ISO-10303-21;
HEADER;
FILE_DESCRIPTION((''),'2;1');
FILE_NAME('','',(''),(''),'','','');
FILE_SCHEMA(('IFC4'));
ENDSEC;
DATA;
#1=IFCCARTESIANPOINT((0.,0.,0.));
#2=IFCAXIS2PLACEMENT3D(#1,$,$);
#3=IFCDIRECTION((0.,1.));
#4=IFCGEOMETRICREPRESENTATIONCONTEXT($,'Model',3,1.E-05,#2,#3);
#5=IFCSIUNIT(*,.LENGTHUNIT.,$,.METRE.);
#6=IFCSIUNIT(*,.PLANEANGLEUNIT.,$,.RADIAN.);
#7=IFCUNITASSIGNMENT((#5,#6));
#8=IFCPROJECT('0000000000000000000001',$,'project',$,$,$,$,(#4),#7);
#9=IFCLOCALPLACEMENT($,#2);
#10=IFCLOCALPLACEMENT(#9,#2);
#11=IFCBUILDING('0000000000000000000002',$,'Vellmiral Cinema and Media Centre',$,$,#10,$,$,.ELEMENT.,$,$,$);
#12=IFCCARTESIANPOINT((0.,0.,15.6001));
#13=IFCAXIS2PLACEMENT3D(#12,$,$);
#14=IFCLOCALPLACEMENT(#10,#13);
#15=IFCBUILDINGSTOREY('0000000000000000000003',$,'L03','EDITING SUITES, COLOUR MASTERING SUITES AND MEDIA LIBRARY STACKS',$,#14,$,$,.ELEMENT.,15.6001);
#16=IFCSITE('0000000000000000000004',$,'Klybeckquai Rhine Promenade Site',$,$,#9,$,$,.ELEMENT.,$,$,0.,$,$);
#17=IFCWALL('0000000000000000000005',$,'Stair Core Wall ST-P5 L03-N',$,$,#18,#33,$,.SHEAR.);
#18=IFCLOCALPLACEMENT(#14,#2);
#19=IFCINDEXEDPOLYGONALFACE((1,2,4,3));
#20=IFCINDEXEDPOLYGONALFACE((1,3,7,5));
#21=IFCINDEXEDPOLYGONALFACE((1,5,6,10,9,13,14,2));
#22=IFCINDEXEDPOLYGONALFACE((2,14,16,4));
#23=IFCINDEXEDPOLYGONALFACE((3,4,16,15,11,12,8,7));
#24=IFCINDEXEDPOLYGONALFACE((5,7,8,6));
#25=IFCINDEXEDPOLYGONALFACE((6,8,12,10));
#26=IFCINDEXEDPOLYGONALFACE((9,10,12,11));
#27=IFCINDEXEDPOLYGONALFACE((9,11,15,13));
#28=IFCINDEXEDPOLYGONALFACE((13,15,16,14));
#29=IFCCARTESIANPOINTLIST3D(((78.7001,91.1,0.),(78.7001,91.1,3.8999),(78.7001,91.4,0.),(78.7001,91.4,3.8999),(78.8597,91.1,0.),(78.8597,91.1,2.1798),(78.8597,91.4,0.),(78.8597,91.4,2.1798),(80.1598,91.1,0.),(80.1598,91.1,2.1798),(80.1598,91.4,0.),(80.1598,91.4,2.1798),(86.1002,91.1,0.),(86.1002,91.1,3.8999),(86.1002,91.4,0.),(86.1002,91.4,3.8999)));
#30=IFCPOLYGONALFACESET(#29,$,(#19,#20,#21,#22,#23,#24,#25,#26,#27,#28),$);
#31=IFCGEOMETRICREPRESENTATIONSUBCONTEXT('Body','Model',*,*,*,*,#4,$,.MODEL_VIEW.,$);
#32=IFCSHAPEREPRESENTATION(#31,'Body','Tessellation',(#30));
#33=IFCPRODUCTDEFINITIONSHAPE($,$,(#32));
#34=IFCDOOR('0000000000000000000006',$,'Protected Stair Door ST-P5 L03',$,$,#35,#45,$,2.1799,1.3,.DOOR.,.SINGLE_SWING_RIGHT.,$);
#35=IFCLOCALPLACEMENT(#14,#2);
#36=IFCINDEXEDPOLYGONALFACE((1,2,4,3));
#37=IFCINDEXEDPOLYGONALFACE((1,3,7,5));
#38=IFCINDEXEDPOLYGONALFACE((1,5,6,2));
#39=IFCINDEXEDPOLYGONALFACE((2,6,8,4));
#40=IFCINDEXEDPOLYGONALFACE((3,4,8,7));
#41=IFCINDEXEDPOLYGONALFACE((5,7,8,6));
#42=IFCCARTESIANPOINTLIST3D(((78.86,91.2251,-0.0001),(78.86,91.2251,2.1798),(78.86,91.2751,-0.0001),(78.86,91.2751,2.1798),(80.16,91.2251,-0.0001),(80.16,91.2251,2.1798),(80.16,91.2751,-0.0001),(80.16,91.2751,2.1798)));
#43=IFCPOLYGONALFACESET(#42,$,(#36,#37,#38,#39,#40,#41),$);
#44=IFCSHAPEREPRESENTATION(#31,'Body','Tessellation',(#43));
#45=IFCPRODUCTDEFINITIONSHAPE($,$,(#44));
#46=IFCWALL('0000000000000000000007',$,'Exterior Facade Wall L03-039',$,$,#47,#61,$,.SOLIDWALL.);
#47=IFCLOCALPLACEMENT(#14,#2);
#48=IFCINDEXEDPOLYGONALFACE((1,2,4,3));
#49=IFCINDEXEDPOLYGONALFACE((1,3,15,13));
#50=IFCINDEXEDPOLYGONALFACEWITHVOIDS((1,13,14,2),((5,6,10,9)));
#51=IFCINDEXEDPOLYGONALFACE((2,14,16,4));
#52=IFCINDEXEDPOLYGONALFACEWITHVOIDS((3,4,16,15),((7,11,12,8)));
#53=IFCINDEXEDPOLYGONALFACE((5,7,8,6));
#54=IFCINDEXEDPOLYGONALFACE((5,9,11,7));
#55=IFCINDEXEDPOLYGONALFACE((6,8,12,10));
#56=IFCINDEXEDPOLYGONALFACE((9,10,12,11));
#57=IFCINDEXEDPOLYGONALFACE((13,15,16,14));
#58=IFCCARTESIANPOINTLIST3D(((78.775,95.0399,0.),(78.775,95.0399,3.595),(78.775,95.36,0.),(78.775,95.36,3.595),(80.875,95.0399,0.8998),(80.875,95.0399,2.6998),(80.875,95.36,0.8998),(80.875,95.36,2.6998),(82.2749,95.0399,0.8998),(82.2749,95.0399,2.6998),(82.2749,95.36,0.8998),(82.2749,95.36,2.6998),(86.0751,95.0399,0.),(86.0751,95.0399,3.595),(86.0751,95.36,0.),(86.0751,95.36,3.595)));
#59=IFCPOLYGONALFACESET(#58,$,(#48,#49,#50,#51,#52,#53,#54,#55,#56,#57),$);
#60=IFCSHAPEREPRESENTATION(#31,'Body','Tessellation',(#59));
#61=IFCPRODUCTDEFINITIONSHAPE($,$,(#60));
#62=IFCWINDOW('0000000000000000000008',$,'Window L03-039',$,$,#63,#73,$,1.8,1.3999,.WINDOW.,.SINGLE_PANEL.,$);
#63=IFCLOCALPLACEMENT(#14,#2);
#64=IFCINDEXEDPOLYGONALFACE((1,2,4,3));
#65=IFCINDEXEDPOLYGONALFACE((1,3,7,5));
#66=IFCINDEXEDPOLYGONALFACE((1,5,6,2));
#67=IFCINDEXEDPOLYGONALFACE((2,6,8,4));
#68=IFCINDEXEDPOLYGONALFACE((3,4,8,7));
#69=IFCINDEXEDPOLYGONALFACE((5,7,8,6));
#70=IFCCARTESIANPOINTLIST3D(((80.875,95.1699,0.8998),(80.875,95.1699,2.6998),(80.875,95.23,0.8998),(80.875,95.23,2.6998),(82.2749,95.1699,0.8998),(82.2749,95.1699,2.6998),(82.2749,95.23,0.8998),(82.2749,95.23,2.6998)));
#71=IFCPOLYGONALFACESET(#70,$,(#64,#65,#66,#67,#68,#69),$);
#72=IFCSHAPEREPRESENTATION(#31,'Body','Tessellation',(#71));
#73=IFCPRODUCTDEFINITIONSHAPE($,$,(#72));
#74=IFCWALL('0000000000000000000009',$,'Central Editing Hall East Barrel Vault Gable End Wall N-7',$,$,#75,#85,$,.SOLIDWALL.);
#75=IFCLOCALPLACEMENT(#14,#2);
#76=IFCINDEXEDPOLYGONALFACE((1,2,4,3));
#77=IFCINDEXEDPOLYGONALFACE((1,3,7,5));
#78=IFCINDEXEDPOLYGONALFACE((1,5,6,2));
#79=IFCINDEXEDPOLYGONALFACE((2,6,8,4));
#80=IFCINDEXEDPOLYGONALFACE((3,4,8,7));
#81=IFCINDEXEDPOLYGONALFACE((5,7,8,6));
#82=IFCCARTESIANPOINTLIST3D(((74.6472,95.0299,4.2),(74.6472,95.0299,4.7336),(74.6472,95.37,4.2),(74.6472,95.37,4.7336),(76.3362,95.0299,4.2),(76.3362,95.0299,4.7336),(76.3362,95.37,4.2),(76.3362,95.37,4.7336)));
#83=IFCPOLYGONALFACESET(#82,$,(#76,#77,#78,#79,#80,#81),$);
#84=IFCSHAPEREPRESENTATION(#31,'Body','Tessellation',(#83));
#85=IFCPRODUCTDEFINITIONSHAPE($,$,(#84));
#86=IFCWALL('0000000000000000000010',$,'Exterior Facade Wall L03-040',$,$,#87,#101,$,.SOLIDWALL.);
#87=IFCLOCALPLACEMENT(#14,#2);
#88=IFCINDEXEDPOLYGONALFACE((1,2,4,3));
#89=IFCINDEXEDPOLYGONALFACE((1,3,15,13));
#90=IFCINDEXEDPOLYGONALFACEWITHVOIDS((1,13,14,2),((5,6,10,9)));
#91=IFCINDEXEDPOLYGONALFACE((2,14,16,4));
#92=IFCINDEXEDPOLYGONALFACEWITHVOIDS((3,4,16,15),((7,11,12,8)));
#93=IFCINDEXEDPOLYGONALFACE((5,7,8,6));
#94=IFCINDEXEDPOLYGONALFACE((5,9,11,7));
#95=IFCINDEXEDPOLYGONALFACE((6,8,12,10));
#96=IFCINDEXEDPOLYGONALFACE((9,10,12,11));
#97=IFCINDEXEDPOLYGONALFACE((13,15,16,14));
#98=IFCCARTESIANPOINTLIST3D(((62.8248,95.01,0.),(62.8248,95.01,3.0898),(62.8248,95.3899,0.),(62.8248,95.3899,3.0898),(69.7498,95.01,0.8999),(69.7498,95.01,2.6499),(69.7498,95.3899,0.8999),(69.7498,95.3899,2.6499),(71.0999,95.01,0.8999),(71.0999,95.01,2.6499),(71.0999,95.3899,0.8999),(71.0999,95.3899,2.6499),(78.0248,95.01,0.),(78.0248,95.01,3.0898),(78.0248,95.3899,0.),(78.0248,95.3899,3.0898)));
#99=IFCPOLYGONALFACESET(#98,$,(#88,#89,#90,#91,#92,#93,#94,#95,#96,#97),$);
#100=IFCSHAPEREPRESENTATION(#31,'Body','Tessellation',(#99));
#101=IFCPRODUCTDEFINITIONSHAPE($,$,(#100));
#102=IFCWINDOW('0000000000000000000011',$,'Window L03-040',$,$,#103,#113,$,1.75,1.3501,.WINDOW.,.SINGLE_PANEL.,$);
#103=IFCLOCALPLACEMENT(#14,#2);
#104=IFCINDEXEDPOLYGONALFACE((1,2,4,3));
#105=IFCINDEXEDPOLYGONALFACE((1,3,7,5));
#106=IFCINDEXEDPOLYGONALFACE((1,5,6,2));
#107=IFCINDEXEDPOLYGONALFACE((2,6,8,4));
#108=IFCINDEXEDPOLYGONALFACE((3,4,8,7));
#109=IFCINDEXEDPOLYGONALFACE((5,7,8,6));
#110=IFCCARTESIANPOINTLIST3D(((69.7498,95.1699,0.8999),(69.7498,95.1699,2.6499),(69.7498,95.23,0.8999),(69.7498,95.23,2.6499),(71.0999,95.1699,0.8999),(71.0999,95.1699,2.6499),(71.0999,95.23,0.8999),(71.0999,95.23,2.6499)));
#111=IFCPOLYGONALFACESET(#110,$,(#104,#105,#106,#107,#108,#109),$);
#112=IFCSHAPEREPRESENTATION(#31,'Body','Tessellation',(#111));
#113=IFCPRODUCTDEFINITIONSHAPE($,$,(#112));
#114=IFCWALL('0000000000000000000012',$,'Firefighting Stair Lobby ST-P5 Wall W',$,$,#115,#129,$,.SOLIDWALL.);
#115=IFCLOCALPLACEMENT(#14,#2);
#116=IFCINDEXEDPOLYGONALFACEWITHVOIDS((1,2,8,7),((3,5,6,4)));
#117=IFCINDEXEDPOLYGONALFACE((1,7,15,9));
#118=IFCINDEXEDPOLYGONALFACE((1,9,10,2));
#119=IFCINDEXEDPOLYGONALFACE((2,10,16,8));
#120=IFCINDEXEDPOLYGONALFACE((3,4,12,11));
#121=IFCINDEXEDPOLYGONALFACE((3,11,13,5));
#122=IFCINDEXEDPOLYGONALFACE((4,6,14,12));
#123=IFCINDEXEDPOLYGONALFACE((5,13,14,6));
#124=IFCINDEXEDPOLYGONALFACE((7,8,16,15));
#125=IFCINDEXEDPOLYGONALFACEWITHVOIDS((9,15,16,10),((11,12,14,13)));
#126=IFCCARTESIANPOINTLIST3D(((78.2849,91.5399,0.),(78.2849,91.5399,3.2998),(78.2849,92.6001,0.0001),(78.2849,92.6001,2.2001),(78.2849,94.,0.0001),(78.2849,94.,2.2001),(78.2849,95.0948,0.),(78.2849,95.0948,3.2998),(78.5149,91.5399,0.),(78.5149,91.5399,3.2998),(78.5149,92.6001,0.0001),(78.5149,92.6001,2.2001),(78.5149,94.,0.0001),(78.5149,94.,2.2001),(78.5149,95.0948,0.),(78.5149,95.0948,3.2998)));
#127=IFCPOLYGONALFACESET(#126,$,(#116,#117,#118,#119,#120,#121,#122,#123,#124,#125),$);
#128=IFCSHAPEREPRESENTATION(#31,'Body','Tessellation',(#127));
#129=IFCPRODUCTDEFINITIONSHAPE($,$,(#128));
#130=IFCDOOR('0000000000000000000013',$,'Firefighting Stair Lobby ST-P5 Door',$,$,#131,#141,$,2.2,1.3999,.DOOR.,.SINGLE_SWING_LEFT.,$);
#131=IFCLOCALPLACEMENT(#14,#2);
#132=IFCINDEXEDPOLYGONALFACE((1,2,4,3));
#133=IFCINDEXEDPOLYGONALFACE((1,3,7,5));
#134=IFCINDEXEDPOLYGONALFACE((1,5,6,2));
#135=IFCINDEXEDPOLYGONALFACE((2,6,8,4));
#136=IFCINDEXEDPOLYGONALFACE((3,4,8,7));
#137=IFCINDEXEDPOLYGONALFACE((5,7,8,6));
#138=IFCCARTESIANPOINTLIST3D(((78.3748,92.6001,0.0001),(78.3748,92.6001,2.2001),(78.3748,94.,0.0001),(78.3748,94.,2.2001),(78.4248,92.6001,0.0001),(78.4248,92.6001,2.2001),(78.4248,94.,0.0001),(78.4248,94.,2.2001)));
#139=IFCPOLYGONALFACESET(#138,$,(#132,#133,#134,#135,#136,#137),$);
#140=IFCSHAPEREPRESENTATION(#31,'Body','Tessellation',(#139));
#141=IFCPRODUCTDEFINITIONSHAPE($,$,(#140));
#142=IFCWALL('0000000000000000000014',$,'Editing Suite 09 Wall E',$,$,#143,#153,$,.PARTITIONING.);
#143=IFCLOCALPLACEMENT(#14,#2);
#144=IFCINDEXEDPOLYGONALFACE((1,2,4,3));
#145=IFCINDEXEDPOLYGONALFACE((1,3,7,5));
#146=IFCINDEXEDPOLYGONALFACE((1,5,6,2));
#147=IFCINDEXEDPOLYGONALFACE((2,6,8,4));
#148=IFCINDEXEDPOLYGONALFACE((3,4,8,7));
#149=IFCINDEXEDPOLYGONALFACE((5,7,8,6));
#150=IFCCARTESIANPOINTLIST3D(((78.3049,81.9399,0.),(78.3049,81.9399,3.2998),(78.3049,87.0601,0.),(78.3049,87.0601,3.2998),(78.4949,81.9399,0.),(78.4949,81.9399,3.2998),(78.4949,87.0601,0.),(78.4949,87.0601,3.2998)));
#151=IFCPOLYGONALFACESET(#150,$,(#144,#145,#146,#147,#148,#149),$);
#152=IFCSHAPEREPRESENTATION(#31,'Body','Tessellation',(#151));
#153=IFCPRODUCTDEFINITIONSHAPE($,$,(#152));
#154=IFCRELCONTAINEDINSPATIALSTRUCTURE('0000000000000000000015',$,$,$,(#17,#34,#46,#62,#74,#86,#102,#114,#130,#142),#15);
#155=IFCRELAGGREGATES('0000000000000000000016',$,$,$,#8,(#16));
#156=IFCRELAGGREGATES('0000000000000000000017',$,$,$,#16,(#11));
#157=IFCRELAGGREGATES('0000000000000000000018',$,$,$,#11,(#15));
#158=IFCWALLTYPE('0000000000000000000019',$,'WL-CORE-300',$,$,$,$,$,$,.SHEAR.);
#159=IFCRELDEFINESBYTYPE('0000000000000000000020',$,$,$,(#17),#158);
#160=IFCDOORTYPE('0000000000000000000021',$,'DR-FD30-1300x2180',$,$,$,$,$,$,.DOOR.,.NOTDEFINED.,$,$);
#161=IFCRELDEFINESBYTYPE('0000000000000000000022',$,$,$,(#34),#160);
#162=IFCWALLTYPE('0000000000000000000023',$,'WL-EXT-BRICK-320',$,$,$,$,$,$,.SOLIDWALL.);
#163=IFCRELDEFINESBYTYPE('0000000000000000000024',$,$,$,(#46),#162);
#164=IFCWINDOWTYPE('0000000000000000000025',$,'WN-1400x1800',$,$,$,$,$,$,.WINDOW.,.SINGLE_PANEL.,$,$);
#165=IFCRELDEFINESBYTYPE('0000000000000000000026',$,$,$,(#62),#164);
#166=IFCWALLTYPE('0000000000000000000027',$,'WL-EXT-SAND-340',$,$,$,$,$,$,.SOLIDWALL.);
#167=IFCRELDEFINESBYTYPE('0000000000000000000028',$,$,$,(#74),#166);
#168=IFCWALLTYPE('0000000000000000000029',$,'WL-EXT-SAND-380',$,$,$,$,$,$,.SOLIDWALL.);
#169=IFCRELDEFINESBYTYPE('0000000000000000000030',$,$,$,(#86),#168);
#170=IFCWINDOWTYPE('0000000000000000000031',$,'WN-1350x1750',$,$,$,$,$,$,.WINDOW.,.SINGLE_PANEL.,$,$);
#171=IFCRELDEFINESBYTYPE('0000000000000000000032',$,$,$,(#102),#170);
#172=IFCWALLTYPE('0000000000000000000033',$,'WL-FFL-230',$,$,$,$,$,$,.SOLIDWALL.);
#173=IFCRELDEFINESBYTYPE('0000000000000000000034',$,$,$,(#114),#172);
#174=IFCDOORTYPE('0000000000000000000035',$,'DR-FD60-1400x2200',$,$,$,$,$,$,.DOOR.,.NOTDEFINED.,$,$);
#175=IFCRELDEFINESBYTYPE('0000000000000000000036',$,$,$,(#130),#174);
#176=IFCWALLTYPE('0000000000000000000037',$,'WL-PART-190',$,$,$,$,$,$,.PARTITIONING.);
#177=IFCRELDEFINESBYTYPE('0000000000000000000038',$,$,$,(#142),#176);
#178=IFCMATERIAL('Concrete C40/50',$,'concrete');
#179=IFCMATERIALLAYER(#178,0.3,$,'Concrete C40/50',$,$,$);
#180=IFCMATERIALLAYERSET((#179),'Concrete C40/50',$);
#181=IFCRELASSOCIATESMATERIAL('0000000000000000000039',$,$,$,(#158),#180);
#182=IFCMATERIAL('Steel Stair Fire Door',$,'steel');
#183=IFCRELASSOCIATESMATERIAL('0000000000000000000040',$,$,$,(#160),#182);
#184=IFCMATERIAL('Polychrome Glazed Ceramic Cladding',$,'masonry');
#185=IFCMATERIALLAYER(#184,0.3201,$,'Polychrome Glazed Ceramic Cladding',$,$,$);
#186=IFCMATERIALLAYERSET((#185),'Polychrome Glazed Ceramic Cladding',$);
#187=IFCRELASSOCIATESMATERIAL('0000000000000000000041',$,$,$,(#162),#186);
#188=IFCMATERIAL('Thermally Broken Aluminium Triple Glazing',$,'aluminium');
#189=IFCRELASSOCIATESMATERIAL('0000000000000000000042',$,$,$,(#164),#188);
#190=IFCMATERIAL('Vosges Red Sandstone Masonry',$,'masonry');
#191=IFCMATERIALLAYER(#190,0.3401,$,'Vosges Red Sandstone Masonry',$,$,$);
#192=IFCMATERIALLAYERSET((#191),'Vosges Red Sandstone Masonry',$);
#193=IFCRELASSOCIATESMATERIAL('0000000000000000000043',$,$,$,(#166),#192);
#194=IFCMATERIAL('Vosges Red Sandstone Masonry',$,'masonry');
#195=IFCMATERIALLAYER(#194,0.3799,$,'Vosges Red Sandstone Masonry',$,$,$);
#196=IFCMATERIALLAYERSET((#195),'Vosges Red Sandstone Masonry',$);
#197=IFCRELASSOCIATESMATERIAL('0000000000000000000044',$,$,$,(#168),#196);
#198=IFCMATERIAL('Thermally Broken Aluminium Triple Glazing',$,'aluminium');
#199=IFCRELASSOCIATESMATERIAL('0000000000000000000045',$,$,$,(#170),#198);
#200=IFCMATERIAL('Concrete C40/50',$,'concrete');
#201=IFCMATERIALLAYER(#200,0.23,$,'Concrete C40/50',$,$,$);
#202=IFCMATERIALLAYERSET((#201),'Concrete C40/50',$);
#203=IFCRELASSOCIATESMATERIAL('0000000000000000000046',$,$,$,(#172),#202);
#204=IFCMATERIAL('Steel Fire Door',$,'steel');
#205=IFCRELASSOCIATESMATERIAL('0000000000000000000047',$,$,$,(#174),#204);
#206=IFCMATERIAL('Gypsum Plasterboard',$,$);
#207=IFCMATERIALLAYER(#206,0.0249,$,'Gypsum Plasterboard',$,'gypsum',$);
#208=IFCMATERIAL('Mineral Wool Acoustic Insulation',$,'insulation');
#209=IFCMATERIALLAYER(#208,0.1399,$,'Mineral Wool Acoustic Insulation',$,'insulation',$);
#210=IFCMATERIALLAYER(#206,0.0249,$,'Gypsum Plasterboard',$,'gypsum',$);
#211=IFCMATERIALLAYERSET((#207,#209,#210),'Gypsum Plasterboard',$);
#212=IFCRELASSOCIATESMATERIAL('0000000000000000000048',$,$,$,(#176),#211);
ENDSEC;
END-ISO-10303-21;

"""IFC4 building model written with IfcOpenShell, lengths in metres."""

from ifc_helpers import new_model, si_unit, direction, frame, frame_2d, origin, place, context, subcontext, project, spatial, rectangle, extrude, material, layer, layer_set, type_object, element, fill, save


model = new_model("IFC4")

# Units and contexts
model_context = context("Model", 3, precision=1e-05, world=origin(), true_north=direction((0.0, 1.0)))
body_context = subcontext(model_context, "Body", "Model", "MODEL_VIEW")
ifc_project = project(units=[si_unit("LENGTHUNIT", "METRE"), si_unit("PLANEANGLEUNIT", "RADIAN")], contexts=[model_context])

# Site, building, storey
site_placement = place(None, origin())
site = spatial("IfcSite", under=ifc_project, at=site_placement, Name="Klybeckquai Rhine Promenade Site", CompositionType="ELEMENT", RefElevation=0.0)
building_placement = place(site_placement, origin())
building = spatial("IfcBuilding", under=site, at=building_placement, Name="Vellmiral Cinema and Media Centre", CompositionType="ELEMENT")
storey_placement = place(building_placement, frame((0.0, 0.0, 15.6001)))
storey = spatial("IfcBuildingStorey", under=building, at=storey_placement, Name="L03", Description="EDITING SUITES, COLOUR MASTERING SUITES AND MEDIA LIBRARY STACKS", CompositionType="ELEMENT", Elevation=15.6001)

# Shared definitions
ifc_material_1 = material(Name="Concrete C40/50", Category="concrete")
ifc_layer_1 = layer(ifc_material_1, 0.3, Name="Concrete C40/50")
ifc_layer_set_1 = layer_set([ifc_layer_1], Name="Concrete C40/50")
wall_type_1 = type_object("IfcWallType", Name="WL-CORE-300", PredefinedType="SHEAR", material=ifc_layer_set_1)

# Wall, opening, door
wall_1_placement = place(storey_placement, frame((78.7, 91.25, 0.0), z_axis=(0.0, 0.0, 1.0), x_axis=(1.0, 0.0, 0.0)))
wall_1 = element("IfcWall", 1, at=wall_1_placement, inside=storey, type_object=wall_type_1, Name="Stair Core Wall ST-P5 L03-N", PredefinedType="SHEAR", context=body_context, shape_type="SweptSolid", body=[
    extrude(rectangle(XDim=7.4001, YDim=0.3, at=frame_2d((3.7002, 0.0))), origin(), (0.0, 0.0, 1.0), 3.8999),
])
opening_1_placement = place(wall_1_placement, frame((0.1599, 0.0, 0.0)))
opening_1 = element("IfcOpeningElement", 2, at=opening_1_placement, cuts=wall_1, PredefinedType="OPENING", context=body_context, shape_type="SweptSolid", body=[
    extrude(rectangle(XDim=1.3, YDim=2.1799, at=frame_2d((0.6499, 1.0898))), frame((0.0, 0.1621, 0.0), z_axis=(0.0, -1.0, 0.0), x_axis=(1.0, 0.0, 0.0)), (0.0, 0.0, 1.0), 0.324),
])
ifc_material_2 = material(Name="Steel Stair Fire Door", Category="steel")
door_type_1 = type_object("IfcDoorType", Name="DR-FD30-1300x2180", OperationType="NOTDEFINED", PredefinedType="DOOR", material=ifc_material_2)
door_1_placement = place(opening_1_placement, frame((1.3, 0.0, 0.0), z_axis=(0.0, 0.0, 1.0), x_axis=(-1.0, 0.0, 0.0)))
door_1 = element("IfcDoor", 3, at=door_1_placement, inside=storey, type_object=door_type_1, Name="Protected Stair Door ST-P5 L03", OperationType="SINGLE_SWING_RIGHT", OverallHeight=2.1799, OverallWidth=1.3, PredefinedType="DOOR", context=body_context, shape_type="SweptSolid", body=[
    extrude(rectangle(XDim=1.3, YDim=2.1799, at=frame_2d((0.6499, 1.0898))), frame((0.0, 0.0249, 0.0), z_axis=(0.0, -1.0, 0.0), x_axis=(1.0, 0.0, 0.0)), (0.0, 0.0, 1.0), 0.05),
])
fill(opening_1, door_1)

# Wall, opening, window
ifc_material_3 = material(Name="Polychrome Glazed Ceramic Cladding", Category="masonry")
ifc_layer_2 = layer(ifc_material_3, 0.3201, Name="Polychrome Glazed Ceramic Cladding")
ifc_layer_set_2 = layer_set([ifc_layer_2], Name="Polychrome Glazed Ceramic Cladding")
wall_type_2 = type_object("IfcWallType", Name="WL-EXT-BRICK-320", PredefinedType="SOLIDWALL", material=ifc_layer_set_2)
wall_2_placement = place(storey_placement, frame((86.075, 95.2, 0.0), z_axis=(0.0, 0.0, 1.0), x_axis=(-1.0, 0.0, 0.0)))
wall_2 = element("IfcWall", 4, at=wall_2_placement, inside=storey, type_object=wall_type_2, Name="Exterior Facade Wall L03-039", PredefinedType="SOLIDWALL", context=body_context, shape_type="SweptSolid", body=[
    extrude(rectangle(XDim=7.3, YDim=0.3201, at=frame_2d((3.6499, 0.0))), origin(), (0.0, 0.0, 1.0), 3.595),
])
opening_2_placement = place(wall_2_placement, frame((3.8, 0.0, 0.8999)))
opening_2 = element("IfcOpeningElement", 5, at=opening_2_placement, cuts=wall_2, PredefinedType="OPENING", context=body_context, shape_type="SweptSolid", body=[
    extrude(rectangle(XDim=1.3999, YDim=1.8, at=frame_2d((0.7, 0.8999))), frame((0.0, 0.1719, 0.0), z_axis=(0.0, -1.0, 0.0), x_axis=(1.0, 0.0, 0.0)), (0.0, 0.0, 1.0), 0.344),
])
ifc_material_4 = material(Name="Thermally Broken Aluminium Triple Glazing", Category="aluminium")
window_type_1 = type_object("IfcWindowType", Name="WN-1400x1800", PartitioningType="SINGLE_PANEL", PredefinedType="WINDOW", material=ifc_material_4)
window_1_placement = place(opening_2_placement, origin())
window_1 = element("IfcWindow", 6, at=window_1_placement, inside=storey, type_object=window_type_1, Name="Window L03-039", OverallHeight=1.8, OverallWidth=1.3999, PartitioningType="SINGLE_PANEL", PredefinedType="WINDOW", context=body_context, shape_type="SweptSolid", body=[
    extrude(rectangle(XDim=1.3999, YDim=1.8, at=frame_2d((0.7, 0.8999))), frame((0.0, 0.03, 0.0), z_axis=(0.0, -1.0, 0.0), x_axis=(1.0, 0.0, 0.0)), (0.0, 0.0, 1.0), 0.0601),
])
fill(opening_2, window_1)

# Wall
ifc_material_5 = material(Name="Vosges Red Sandstone Masonry", Category="masonry")
ifc_layer_3 = layer(ifc_material_5, 0.3401, Name="Vosges Red Sandstone Masonry")
ifc_layer_set_3 = layer_set([ifc_layer_3], Name="Vosges Red Sandstone Masonry")
wall_type_3 = type_object("IfcWallType", Name="WL-EXT-SAND-340", PredefinedType="SOLIDWALL", material=ifc_layer_set_3)
wall_3_placement = place(storey_placement, frame((74.6472, 95.2, 4.2), z_axis=(0.0, 0.0, 1.0), x_axis=(1.0, 0.0, 0.0)))
element("IfcWall", 7, at=wall_3_placement, inside=storey, type_object=wall_type_3, Name="Central Editing Hall East Barrel Vault Gable End Wall N-7", PredefinedType="SOLIDWALL", context=body_context, shape_type="SweptSolid", body=[
    extrude(rectangle(XDim=1.689, YDim=0.3401, at=frame_2d((0.8445, 0.0))), origin(), (0.0, 0.0, 1.0), 0.5337),
])

# Wall, opening, window
ifc_material_6 = material(Name="Vosges Red Sandstone Masonry", Category="masonry")
ifc_layer_4 = layer(ifc_material_6, 0.3799, Name="Vosges Red Sandstone Masonry")
ifc_layer_set_4 = layer_set([ifc_layer_4], Name="Vosges Red Sandstone Masonry")
wall_type_4 = type_object("IfcWallType", Name="WL-EXT-SAND-380", PredefinedType="SOLIDWALL", material=ifc_layer_set_4)
wall_4_placement = place(storey_placement, frame((78.0249, 95.2, 0.0), z_axis=(0.0, 0.0, 1.0), x_axis=(-1.0, 0.0, 0.0)))
wall_4 = element("IfcWall", 8, at=wall_4_placement, inside=storey, type_object=wall_type_4, Name="Exterior Facade Wall L03-040", PredefinedType="SOLIDWALL", context=body_context, shape_type="SweptSolid", body=[
    extrude(rectangle(XDim=15.2, YDim=0.3799, at=frame_2d((7.6001, 0.0))), origin(), (0.0, 0.0, 1.0), 3.0898),
])
opening_3_placement = place(wall_4_placement, frame((6.925, 0.0, 0.8999)))
opening_3 = element("IfcOpeningElement", 9, at=opening_3_placement, cuts=wall_4, PredefinedType="OPENING", context=body_context, shape_type="SweptSolid", body=[
    extrude(rectangle(XDim=1.3501, YDim=1.75, at=frame_2d((0.675, 0.875))), frame((0.0, 0.2019, 0.0), z_axis=(0.0, -1.0, 0.0), x_axis=(1.0, 0.0, 0.0)), (0.0, 0.0, 1.0), 0.4038),
])
ifc_material_7 = material(Name="Thermally Broken Aluminium Triple Glazing", Category="aluminium")
window_type_2 = type_object("IfcWindowType", Name="WN-1350x1750", PartitioningType="SINGLE_PANEL", PredefinedType="WINDOW", material=ifc_material_7)
window_2_placement = place(opening_3_placement, origin())
window_2 = element("IfcWindow", 10, at=window_2_placement, inside=storey, type_object=window_type_2, Name="Window L03-040", OverallHeight=1.75, OverallWidth=1.3501, PartitioningType="SINGLE_PANEL", PredefinedType="WINDOW", context=body_context, shape_type="SweptSolid", body=[
    extrude(rectangle(XDim=1.3501, YDim=1.75, at=frame_2d((0.675, 0.875))), frame((0.0, 0.03, 0.0), z_axis=(0.0, -1.0, 0.0), x_axis=(1.0, 0.0, 0.0)), (0.0, 0.0, 1.0), 0.0601),
])
fill(opening_3, window_2)

# Wall, opening, door
ifc_material_8 = material(Name="Concrete C40/50", Category="concrete")
ifc_layer_5 = layer(ifc_material_8, 0.23, Name="Concrete C40/50")
ifc_layer_set_5 = layer_set([ifc_layer_5], Name="Concrete C40/50")
wall_type_5 = type_object("IfcWallType", Name="WL-FFL-230", PredefinedType="SOLIDWALL", material=ifc_layer_set_5)
wall_5_placement = place(storey_placement, frame((78.3999, 91.54, 0.0), z_axis=(0.0, 0.0, 1.0), x_axis=(0.0, 1.0, 0.0)))
wall_5 = element("IfcWall", 11, at=wall_5_placement, inside=storey, type_object=wall_type_5, Name="Firefighting Stair Lobby ST-P5 Wall W", PredefinedType="SOLIDWALL", context=body_context, shape_type="SweptSolid", body=[
    extrude(rectangle(XDim=3.5549, YDim=0.23, at=frame_2d((1.7773, 0.0))), origin(), (0.0, 0.0, 1.0), 3.2998),
])
opening_4_placement = place(wall_5_placement, frame((1.0601, 0.0, 0.0)))
opening_4 = element("IfcOpeningElement", 12, at=opening_4_placement, cuts=wall_5, PredefinedType="OPENING", context=body_context, shape_type="SweptSolid", body=[
    extrude(rectangle(XDim=1.3999, YDim=2.2, at=frame_2d((0.7, 1.1001))), frame((0.0, 0.127, 0.0), z_axis=(0.0, -1.0, 0.0), x_axis=(1.0, 0.0, 0.0)), (0.0, 0.0, 1.0), 0.2539),
])
ifc_material_9 = material(Name="Steel Fire Door", Category="steel")
door_type_2 = type_object("IfcDoorType", Name="DR-FD60-1400x2200", OperationType="NOTDEFINED", PredefinedType="DOOR", material=ifc_material_9)
door_2_placement = place(opening_4_placement, frame((1.3999, 0.0, 0.0), z_axis=(0.0, 0.0, 1.0), x_axis=(-1.0, 0.0, 0.0)))
door_2 = element("IfcDoor", 13, at=door_2_placement, inside=storey, type_object=door_type_2, Name="Firefighting Stair Lobby ST-P5 Door", OperationType="SINGLE_SWING_LEFT", OverallHeight=2.2, OverallWidth=1.3999, PredefinedType="DOOR", context=body_context, shape_type="SweptSolid", body=[
    extrude(rectangle(XDim=1.3999, YDim=2.2, at=frame_2d((0.7, 1.1001))), frame((0.0, 0.0249, 0.0), z_axis=(0.0, -1.0, 0.0), x_axis=(1.0, 0.0, 0.0)), (0.0, 0.0, 1.0), 0.05),
])
fill(opening_4, door_2)

# Wall
ifc_material_10 = material(Name="Gypsum Plasterboard")
ifc_layer_6 = layer(ifc_material_10, 0.0249, Name="Gypsum Plasterboard", Category="gypsum")
ifc_material_11 = material(Name="Mineral Wool Acoustic Insulation", Category="insulation")
ifc_layer_7 = layer(ifc_material_11, 0.1399, Name="Mineral Wool Acoustic Insulation", Category="insulation")
ifc_layer_8 = layer(ifc_material_10, 0.0249, Name="Gypsum Plasterboard", Category="gypsum")
ifc_layer_set_6 = layer_set([ifc_layer_6, ifc_layer_7, ifc_layer_8], Name="Gypsum Plasterboard")
wall_type_6 = type_object("IfcWallType", Name="WL-PART-190", PredefinedType="PARTITIONING", material=ifc_layer_set_6)
wall_6_placement = place(storey_placement, frame((78.3999, 81.9399, 0.0), z_axis=(0.0, 0.0, 1.0), x_axis=(0.0, 1.0, 0.0)))
element("IfcWall", 14, at=wall_6_placement, inside=storey, type_object=wall_type_6, Name="Editing Suite 09 Wall E", PredefinedType="PARTITIONING", context=body_context, shape_type="SweptSolid", body=[
    extrude(rectangle(XDim=5.1201, YDim=0.1899, at=frame_2d((2.5601, 0.0))), origin(), (0.0, 0.0, 1.0), 3.2998),
])

save(model, "model.ifc")
